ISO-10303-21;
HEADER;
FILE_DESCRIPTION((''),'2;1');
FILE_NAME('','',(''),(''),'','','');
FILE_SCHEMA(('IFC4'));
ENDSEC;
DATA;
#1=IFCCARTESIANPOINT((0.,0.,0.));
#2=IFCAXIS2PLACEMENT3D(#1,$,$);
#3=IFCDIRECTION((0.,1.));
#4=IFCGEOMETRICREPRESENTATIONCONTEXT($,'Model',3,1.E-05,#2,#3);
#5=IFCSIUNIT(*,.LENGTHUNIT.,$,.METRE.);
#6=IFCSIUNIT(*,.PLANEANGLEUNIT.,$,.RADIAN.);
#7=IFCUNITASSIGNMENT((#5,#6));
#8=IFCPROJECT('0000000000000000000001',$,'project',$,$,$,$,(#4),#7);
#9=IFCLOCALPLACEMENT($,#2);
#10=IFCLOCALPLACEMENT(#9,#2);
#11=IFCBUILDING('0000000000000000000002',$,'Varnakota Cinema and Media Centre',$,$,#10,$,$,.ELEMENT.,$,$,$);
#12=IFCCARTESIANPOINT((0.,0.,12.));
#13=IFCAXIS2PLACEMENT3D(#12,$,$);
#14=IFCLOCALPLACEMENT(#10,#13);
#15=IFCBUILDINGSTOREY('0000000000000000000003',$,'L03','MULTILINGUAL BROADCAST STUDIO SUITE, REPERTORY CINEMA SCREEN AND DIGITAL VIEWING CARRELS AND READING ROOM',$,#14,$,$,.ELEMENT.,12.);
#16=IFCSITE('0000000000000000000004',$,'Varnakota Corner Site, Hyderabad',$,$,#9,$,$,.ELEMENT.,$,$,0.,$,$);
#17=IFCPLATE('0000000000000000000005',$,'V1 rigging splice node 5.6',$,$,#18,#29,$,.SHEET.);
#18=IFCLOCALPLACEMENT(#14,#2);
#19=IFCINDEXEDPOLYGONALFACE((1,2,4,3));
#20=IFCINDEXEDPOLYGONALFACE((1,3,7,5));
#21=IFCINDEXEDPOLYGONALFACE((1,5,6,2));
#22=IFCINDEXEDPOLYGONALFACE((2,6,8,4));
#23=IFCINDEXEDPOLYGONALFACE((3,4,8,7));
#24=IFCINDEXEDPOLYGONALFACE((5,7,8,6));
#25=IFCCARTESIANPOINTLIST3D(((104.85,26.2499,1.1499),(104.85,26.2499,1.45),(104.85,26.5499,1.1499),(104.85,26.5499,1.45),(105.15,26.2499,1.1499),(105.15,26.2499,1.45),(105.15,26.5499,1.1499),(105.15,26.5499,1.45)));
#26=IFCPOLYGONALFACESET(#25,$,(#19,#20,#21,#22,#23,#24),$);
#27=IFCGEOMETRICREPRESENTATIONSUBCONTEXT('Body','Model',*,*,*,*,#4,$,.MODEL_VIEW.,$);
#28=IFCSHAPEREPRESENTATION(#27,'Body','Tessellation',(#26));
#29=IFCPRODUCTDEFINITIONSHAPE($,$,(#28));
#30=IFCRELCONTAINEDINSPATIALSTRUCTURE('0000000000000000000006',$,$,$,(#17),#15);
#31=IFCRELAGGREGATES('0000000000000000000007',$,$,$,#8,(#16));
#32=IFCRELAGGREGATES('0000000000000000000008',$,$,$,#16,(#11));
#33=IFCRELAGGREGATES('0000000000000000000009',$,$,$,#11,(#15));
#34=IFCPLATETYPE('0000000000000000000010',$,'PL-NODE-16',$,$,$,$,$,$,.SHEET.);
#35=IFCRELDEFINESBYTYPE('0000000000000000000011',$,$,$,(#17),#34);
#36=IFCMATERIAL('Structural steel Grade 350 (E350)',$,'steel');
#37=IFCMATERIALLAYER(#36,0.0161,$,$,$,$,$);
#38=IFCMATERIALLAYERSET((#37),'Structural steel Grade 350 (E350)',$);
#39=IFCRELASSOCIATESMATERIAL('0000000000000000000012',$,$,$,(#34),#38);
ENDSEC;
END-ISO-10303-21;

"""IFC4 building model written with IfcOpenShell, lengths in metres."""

from ifc_helpers import new_model, si_unit, direction, frame, origin, origin_2d, place, context, subcontext, project, spatial, rectangle, extrude, material, layer, layer_set, type_object, element, save


model = new_model("IFC4")

# Units and contexts
model_context = context("Model", 3, precision=1e-05, world=origin(), true_north=direction((0.0, 1.0)))
body_context = subcontext(model_context, "Body", "Model", "MODEL_VIEW")
ifc_project = project(units=[si_unit("LENGTHUNIT", "METRE"), si_unit("PLANEANGLEUNIT", "RADIAN")], contexts=[model_context])

# Site, building, storey
site_placement = place(None, origin())
site = spatial("IfcSite", under=ifc_project, at=site_placement, Name="Varnakota Corner Site, Hyderabad", CompositionType="ELEMENT", RefElevation=0.0)
building_placement = place(site_placement, origin())
building = spatial("IfcBuilding", under=site, at=building_placement, Name="Varnakota Cinema and Media Centre", CompositionType="ELEMENT")
storey_placement = place(building_placement, frame((0.0, 0.0, 12.0)))
storey = spatial("IfcBuildingStorey", under=building, at=storey_placement, Name="L03", Description="MULTILINGUAL BROADCAST STUDIO SUITE, REPERTORY CINEMA SCREEN AND DIGITAL VIEWING CARRELS AND READING ROOM", CompositionType="ELEMENT", Elevation=12.0)

# Plate
ifc_material_1 = material(Name="Structural steel Grade 350 (E350)", Category="steel")
ifc_layer = layer(ifc_material_1, 0.0161)
ifc_layer_set = layer_set([ifc_layer], Name="Structural steel Grade 350 (E350)")
plate_type = type_object("IfcPlateType", Name="PL-NODE-16", PredefinedType="SHEET", material=ifc_layer_set)
for number, where, z_axis, x_axis, name in (
    (1, (105.0, 26.3999, 1.1499), (0.0, 0.0, 1.0), (1.0, 0.0, 0.0), "V1 rigging splice node 5.6"),
):
    element("IfcPlate", number, at=place(storey_placement, frame(where, z_axis=z_axis, x_axis=x_axis)), inside=storey, type_object=plate_type, Name=name, PredefinedType="SHEET", context=body_context, shape_type="SweptSolid", body=[
        extrude(rectangle(XDim=0.3, YDim=0.3, at=origin_2d()), origin(), (0.0, 0.0, 1.0), 0.3),
    ])

save(model, "model.ifc")
